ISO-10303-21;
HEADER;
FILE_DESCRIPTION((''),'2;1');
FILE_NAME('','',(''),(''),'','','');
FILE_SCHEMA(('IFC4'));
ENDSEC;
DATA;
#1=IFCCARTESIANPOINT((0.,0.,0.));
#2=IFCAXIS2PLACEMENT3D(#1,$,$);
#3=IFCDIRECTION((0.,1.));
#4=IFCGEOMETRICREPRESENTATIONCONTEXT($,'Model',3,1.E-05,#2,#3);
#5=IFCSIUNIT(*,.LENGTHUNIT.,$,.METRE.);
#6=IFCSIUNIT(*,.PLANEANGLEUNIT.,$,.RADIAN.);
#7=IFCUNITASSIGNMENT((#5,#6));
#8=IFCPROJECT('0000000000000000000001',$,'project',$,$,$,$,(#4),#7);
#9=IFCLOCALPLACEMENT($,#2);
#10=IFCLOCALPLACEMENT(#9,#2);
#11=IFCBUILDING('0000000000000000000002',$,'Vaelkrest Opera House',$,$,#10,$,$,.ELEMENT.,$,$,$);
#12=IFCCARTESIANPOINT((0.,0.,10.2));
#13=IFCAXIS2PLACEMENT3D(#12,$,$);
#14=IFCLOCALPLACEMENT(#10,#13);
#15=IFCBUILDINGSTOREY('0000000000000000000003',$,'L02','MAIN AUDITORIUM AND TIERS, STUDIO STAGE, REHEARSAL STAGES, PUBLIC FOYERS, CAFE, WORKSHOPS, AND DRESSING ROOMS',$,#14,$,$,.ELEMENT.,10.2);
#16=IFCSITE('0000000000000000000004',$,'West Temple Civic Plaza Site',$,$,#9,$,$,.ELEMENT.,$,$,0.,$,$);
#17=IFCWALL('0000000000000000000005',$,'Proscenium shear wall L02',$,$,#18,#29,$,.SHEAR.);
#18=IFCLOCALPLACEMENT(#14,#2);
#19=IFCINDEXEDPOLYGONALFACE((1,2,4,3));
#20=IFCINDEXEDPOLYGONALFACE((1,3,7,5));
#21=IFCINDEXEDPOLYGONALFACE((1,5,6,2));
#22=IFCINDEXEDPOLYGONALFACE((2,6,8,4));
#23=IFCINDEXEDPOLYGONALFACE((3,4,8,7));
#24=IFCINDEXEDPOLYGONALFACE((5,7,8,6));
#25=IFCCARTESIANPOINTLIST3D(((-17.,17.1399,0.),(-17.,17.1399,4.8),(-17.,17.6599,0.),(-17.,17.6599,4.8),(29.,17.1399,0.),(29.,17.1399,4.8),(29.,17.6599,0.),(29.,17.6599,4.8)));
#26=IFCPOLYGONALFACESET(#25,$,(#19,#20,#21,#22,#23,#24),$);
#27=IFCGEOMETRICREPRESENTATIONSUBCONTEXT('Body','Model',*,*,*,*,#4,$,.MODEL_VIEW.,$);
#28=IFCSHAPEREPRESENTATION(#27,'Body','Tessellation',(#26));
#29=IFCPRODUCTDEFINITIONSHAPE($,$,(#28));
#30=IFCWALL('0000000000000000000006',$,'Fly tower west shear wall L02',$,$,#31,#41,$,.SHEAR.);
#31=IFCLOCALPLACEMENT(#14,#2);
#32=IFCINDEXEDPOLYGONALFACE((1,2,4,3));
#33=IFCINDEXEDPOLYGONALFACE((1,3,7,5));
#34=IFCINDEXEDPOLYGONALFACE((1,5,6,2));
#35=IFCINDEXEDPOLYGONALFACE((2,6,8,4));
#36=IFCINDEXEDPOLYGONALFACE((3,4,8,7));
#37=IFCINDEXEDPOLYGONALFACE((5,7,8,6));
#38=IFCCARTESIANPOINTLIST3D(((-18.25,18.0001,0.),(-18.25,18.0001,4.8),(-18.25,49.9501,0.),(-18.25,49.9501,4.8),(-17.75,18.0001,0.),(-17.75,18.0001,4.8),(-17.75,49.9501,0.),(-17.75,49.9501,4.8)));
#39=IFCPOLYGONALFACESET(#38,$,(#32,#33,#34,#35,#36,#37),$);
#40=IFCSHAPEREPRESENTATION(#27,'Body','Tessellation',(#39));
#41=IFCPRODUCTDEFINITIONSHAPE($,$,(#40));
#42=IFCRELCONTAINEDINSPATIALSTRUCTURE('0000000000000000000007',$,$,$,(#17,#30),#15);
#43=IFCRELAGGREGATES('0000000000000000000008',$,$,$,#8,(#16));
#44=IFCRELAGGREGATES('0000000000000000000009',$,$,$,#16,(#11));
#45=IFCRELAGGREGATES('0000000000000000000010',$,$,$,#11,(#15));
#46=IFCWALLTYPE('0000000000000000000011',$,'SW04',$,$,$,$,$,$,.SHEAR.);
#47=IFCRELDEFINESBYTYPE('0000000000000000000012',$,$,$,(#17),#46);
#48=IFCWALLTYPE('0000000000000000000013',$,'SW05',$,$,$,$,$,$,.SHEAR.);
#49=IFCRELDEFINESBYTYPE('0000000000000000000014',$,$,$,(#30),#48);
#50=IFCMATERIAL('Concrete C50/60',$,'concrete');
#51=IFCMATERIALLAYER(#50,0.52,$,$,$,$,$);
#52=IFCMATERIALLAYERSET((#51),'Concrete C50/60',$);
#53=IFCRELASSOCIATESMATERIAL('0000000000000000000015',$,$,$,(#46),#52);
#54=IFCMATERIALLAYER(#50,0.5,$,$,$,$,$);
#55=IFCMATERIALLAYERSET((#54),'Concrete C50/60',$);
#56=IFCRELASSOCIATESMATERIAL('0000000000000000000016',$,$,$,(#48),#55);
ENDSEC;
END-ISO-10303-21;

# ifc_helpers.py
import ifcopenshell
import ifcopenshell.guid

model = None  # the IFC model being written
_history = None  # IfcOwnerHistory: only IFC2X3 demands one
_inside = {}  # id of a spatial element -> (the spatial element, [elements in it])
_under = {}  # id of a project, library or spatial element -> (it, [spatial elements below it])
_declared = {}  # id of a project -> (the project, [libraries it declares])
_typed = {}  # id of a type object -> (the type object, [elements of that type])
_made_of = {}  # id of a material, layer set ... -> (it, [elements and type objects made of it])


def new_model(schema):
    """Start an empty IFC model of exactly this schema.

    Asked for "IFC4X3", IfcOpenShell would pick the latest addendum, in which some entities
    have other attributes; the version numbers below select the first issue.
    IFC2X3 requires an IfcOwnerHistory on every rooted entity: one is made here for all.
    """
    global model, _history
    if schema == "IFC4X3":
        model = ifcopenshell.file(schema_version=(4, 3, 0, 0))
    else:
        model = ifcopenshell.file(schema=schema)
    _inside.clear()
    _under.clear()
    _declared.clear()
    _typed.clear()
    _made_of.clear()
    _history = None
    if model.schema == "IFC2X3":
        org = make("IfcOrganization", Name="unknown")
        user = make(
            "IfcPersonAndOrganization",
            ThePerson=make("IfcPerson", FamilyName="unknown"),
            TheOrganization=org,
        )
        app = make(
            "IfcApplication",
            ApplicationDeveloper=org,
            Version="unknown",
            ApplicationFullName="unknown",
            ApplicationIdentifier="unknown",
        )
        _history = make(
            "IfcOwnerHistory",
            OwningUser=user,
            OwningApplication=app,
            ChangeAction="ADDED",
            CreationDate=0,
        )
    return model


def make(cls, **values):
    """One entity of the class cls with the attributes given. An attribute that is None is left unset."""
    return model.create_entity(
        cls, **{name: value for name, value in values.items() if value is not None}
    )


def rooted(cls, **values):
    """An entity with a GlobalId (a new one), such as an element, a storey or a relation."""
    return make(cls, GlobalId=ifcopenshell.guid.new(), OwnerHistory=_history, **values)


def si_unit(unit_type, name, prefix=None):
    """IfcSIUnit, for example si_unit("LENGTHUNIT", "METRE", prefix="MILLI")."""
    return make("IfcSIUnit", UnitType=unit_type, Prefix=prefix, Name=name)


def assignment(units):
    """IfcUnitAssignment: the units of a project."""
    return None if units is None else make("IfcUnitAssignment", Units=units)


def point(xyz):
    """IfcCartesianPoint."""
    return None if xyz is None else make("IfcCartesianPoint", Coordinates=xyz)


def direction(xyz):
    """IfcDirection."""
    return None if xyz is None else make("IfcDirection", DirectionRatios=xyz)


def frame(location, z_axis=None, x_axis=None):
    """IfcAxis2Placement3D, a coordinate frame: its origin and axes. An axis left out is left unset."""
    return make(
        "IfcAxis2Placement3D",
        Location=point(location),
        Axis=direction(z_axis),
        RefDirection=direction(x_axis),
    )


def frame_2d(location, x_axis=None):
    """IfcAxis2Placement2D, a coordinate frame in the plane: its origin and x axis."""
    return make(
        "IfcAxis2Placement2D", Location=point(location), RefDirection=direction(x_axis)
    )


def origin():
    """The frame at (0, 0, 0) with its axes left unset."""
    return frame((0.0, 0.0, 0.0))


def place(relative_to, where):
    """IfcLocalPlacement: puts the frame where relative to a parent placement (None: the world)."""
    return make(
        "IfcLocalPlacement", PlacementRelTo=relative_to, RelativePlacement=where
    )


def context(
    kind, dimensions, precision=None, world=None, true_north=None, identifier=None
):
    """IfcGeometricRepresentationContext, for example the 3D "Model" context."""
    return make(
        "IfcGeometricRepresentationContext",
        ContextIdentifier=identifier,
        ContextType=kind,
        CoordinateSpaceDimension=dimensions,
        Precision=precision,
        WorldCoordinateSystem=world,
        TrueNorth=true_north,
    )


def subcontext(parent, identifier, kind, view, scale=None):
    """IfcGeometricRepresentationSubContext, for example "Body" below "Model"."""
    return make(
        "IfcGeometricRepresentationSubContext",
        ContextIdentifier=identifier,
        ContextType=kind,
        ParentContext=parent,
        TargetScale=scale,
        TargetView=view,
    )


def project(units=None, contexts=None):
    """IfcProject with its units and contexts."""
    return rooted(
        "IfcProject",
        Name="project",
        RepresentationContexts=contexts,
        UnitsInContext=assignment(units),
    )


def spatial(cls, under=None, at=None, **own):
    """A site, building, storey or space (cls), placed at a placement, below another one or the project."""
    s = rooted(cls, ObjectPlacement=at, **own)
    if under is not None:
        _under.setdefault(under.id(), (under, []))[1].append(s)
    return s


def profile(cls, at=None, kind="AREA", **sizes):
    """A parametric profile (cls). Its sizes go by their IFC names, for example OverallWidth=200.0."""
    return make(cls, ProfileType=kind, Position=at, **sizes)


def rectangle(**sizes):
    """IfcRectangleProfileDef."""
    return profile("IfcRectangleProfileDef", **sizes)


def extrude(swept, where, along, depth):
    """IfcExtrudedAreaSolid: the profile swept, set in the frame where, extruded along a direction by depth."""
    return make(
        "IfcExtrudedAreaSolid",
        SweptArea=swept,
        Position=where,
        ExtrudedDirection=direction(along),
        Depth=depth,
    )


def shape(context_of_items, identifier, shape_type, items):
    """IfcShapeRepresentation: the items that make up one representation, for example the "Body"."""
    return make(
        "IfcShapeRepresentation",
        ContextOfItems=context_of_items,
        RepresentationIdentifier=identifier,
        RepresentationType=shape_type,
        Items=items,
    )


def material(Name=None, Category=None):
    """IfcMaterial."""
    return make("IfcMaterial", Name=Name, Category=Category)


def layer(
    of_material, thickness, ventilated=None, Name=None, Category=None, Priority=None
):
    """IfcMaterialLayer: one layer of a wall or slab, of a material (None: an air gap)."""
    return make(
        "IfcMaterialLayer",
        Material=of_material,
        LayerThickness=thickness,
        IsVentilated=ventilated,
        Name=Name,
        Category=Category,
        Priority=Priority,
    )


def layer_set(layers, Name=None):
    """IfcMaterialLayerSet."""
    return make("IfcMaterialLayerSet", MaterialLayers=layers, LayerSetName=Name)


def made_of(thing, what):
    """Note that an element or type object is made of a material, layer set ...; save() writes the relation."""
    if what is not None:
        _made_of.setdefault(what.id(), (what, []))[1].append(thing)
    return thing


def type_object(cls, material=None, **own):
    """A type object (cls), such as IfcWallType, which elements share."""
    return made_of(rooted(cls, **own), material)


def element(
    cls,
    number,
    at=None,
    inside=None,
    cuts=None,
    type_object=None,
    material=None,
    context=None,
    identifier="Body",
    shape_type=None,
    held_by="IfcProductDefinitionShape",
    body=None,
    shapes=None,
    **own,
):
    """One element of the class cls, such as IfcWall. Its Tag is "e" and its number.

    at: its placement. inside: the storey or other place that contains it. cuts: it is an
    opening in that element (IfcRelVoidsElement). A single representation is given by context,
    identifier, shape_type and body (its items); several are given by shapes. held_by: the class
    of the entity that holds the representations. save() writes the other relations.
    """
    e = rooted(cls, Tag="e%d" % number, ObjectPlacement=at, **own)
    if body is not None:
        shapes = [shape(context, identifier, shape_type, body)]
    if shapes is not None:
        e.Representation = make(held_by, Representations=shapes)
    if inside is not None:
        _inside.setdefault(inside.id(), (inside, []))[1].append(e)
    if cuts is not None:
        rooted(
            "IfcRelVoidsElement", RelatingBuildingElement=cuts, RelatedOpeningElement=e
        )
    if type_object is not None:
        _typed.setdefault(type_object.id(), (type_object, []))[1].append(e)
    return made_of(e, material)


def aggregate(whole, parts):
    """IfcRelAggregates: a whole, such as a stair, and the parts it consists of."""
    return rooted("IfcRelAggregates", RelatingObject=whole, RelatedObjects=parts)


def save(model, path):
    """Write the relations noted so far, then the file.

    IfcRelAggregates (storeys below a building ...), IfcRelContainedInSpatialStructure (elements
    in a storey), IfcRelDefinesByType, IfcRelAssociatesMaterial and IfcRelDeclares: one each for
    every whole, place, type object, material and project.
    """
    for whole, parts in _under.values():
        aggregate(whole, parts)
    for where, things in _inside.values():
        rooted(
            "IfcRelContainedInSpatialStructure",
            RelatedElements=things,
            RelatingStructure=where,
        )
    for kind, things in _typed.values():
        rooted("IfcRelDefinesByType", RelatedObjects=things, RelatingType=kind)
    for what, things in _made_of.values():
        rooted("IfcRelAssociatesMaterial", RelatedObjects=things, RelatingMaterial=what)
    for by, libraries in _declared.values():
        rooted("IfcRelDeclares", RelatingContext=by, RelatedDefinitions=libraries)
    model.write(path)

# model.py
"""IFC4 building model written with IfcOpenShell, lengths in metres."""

from ifc_helpers import new_model, si_unit, direction, frame, frame_2d, origin, place, context, subcontext, project, spatial, rectangle, extrude, material, layer, layer_set, type_object, element, save


model = new_model("IFC4")

# Units and contexts
model_context = context("Model", 3, precision=1e-05, world=origin(), true_north=direction((0.0, 1.0)))
body_context = subcontext(model_context, "Body", "Model", "MODEL_VIEW")
ifc_project = project(units=[si_unit("LENGTHUNIT", "METRE"), si_unit("PLANEANGLEUNIT", "RADIAN")], contexts=[model_context])

# Site, building, storey
site_placement = place(None, origin())
site = spatial("IfcSite", under=ifc_project, at=site_placement, Name="West Temple Civic Plaza Site", CompositionType="ELEMENT", RefElevation=0.0)
building_placement = place(site_placement, origin())
building = spatial("IfcBuilding", under=site, at=building_placement, Name="Vaelkrest Opera House", CompositionType="ELEMENT")
storey_placement = place(building_placement, frame((0.0, 0.0, 10.2)))
storey = spatial("IfcBuildingStorey", under=building, at=storey_placement, Name="L02", Description="MAIN AUDITORIUM AND TIERS, STUDIO STAGE, REHEARSAL STAGES, PUBLIC FOYERS, CAFE, WORKSHOPS, AND DRESSING ROOMS", CompositionType="ELEMENT", Elevation=10.2)

# Shared definitions
ifc_material_1 = material(Name="Concrete C50/60", Category="concrete")

# Walls
ifc_layer_1 = layer(ifc_material_1, 0.52)
ifc_layer_set_1 = layer_set([ifc_layer_1], Name="Concrete C50/60")
wall_type_1 = type_object("IfcWallType", Name="SW04", PredefinedType="SHEAR", material=ifc_layer_set_1)
wall_1_placement = place(storey_placement, frame((-17.0, 17.3999, 0.0), z_axis=(0.0, 0.0, 1.0), x_axis=(1.0, 0.0, 0.0)))
element("IfcWall", 1, at=wall_1_placement, inside=storey, type_object=wall_type_1, Name="Proscenium shear wall L02", PredefinedType="SHEAR", context=body_context, shape_type="SweptSolid", body=[
    extrude(rectangle(XDim=46.0, YDim=0.52, at=frame_2d((23.0, 0.0))), origin(), (0.0, 0.0, 1.0), 4.8),
])
ifc_layer_2 = layer(ifc_material_1, 0.5)
ifc_layer_set_2 = layer_set([ifc_layer_2], Name="Concrete C50/60")
wall_type_2 = type_object("IfcWallType", Name="SW05", PredefinedType="SHEAR", material=ifc_layer_set_2)
wall_2_placement = place(storey_placement, frame((-18.0, 18.0, 0.0), z_axis=(0.0, 0.0, 1.0), x_axis=(0.0, 1.0, 0.0)))
element("IfcWall", 2, at=wall_2_placement, inside=storey, type_object=wall_type_2, Name="Fly tower west shear wall L02", PredefinedType="SHEAR", context=body_context, shape_type="SweptSolid", body=[
    extrude(rectangle(XDim=31.95, YDim=0.5, at=frame_2d((15.9751, 0.0))), origin(), (0.0, 0.0, 1.0), 4.8),
])

save(model, "model.ifc")
